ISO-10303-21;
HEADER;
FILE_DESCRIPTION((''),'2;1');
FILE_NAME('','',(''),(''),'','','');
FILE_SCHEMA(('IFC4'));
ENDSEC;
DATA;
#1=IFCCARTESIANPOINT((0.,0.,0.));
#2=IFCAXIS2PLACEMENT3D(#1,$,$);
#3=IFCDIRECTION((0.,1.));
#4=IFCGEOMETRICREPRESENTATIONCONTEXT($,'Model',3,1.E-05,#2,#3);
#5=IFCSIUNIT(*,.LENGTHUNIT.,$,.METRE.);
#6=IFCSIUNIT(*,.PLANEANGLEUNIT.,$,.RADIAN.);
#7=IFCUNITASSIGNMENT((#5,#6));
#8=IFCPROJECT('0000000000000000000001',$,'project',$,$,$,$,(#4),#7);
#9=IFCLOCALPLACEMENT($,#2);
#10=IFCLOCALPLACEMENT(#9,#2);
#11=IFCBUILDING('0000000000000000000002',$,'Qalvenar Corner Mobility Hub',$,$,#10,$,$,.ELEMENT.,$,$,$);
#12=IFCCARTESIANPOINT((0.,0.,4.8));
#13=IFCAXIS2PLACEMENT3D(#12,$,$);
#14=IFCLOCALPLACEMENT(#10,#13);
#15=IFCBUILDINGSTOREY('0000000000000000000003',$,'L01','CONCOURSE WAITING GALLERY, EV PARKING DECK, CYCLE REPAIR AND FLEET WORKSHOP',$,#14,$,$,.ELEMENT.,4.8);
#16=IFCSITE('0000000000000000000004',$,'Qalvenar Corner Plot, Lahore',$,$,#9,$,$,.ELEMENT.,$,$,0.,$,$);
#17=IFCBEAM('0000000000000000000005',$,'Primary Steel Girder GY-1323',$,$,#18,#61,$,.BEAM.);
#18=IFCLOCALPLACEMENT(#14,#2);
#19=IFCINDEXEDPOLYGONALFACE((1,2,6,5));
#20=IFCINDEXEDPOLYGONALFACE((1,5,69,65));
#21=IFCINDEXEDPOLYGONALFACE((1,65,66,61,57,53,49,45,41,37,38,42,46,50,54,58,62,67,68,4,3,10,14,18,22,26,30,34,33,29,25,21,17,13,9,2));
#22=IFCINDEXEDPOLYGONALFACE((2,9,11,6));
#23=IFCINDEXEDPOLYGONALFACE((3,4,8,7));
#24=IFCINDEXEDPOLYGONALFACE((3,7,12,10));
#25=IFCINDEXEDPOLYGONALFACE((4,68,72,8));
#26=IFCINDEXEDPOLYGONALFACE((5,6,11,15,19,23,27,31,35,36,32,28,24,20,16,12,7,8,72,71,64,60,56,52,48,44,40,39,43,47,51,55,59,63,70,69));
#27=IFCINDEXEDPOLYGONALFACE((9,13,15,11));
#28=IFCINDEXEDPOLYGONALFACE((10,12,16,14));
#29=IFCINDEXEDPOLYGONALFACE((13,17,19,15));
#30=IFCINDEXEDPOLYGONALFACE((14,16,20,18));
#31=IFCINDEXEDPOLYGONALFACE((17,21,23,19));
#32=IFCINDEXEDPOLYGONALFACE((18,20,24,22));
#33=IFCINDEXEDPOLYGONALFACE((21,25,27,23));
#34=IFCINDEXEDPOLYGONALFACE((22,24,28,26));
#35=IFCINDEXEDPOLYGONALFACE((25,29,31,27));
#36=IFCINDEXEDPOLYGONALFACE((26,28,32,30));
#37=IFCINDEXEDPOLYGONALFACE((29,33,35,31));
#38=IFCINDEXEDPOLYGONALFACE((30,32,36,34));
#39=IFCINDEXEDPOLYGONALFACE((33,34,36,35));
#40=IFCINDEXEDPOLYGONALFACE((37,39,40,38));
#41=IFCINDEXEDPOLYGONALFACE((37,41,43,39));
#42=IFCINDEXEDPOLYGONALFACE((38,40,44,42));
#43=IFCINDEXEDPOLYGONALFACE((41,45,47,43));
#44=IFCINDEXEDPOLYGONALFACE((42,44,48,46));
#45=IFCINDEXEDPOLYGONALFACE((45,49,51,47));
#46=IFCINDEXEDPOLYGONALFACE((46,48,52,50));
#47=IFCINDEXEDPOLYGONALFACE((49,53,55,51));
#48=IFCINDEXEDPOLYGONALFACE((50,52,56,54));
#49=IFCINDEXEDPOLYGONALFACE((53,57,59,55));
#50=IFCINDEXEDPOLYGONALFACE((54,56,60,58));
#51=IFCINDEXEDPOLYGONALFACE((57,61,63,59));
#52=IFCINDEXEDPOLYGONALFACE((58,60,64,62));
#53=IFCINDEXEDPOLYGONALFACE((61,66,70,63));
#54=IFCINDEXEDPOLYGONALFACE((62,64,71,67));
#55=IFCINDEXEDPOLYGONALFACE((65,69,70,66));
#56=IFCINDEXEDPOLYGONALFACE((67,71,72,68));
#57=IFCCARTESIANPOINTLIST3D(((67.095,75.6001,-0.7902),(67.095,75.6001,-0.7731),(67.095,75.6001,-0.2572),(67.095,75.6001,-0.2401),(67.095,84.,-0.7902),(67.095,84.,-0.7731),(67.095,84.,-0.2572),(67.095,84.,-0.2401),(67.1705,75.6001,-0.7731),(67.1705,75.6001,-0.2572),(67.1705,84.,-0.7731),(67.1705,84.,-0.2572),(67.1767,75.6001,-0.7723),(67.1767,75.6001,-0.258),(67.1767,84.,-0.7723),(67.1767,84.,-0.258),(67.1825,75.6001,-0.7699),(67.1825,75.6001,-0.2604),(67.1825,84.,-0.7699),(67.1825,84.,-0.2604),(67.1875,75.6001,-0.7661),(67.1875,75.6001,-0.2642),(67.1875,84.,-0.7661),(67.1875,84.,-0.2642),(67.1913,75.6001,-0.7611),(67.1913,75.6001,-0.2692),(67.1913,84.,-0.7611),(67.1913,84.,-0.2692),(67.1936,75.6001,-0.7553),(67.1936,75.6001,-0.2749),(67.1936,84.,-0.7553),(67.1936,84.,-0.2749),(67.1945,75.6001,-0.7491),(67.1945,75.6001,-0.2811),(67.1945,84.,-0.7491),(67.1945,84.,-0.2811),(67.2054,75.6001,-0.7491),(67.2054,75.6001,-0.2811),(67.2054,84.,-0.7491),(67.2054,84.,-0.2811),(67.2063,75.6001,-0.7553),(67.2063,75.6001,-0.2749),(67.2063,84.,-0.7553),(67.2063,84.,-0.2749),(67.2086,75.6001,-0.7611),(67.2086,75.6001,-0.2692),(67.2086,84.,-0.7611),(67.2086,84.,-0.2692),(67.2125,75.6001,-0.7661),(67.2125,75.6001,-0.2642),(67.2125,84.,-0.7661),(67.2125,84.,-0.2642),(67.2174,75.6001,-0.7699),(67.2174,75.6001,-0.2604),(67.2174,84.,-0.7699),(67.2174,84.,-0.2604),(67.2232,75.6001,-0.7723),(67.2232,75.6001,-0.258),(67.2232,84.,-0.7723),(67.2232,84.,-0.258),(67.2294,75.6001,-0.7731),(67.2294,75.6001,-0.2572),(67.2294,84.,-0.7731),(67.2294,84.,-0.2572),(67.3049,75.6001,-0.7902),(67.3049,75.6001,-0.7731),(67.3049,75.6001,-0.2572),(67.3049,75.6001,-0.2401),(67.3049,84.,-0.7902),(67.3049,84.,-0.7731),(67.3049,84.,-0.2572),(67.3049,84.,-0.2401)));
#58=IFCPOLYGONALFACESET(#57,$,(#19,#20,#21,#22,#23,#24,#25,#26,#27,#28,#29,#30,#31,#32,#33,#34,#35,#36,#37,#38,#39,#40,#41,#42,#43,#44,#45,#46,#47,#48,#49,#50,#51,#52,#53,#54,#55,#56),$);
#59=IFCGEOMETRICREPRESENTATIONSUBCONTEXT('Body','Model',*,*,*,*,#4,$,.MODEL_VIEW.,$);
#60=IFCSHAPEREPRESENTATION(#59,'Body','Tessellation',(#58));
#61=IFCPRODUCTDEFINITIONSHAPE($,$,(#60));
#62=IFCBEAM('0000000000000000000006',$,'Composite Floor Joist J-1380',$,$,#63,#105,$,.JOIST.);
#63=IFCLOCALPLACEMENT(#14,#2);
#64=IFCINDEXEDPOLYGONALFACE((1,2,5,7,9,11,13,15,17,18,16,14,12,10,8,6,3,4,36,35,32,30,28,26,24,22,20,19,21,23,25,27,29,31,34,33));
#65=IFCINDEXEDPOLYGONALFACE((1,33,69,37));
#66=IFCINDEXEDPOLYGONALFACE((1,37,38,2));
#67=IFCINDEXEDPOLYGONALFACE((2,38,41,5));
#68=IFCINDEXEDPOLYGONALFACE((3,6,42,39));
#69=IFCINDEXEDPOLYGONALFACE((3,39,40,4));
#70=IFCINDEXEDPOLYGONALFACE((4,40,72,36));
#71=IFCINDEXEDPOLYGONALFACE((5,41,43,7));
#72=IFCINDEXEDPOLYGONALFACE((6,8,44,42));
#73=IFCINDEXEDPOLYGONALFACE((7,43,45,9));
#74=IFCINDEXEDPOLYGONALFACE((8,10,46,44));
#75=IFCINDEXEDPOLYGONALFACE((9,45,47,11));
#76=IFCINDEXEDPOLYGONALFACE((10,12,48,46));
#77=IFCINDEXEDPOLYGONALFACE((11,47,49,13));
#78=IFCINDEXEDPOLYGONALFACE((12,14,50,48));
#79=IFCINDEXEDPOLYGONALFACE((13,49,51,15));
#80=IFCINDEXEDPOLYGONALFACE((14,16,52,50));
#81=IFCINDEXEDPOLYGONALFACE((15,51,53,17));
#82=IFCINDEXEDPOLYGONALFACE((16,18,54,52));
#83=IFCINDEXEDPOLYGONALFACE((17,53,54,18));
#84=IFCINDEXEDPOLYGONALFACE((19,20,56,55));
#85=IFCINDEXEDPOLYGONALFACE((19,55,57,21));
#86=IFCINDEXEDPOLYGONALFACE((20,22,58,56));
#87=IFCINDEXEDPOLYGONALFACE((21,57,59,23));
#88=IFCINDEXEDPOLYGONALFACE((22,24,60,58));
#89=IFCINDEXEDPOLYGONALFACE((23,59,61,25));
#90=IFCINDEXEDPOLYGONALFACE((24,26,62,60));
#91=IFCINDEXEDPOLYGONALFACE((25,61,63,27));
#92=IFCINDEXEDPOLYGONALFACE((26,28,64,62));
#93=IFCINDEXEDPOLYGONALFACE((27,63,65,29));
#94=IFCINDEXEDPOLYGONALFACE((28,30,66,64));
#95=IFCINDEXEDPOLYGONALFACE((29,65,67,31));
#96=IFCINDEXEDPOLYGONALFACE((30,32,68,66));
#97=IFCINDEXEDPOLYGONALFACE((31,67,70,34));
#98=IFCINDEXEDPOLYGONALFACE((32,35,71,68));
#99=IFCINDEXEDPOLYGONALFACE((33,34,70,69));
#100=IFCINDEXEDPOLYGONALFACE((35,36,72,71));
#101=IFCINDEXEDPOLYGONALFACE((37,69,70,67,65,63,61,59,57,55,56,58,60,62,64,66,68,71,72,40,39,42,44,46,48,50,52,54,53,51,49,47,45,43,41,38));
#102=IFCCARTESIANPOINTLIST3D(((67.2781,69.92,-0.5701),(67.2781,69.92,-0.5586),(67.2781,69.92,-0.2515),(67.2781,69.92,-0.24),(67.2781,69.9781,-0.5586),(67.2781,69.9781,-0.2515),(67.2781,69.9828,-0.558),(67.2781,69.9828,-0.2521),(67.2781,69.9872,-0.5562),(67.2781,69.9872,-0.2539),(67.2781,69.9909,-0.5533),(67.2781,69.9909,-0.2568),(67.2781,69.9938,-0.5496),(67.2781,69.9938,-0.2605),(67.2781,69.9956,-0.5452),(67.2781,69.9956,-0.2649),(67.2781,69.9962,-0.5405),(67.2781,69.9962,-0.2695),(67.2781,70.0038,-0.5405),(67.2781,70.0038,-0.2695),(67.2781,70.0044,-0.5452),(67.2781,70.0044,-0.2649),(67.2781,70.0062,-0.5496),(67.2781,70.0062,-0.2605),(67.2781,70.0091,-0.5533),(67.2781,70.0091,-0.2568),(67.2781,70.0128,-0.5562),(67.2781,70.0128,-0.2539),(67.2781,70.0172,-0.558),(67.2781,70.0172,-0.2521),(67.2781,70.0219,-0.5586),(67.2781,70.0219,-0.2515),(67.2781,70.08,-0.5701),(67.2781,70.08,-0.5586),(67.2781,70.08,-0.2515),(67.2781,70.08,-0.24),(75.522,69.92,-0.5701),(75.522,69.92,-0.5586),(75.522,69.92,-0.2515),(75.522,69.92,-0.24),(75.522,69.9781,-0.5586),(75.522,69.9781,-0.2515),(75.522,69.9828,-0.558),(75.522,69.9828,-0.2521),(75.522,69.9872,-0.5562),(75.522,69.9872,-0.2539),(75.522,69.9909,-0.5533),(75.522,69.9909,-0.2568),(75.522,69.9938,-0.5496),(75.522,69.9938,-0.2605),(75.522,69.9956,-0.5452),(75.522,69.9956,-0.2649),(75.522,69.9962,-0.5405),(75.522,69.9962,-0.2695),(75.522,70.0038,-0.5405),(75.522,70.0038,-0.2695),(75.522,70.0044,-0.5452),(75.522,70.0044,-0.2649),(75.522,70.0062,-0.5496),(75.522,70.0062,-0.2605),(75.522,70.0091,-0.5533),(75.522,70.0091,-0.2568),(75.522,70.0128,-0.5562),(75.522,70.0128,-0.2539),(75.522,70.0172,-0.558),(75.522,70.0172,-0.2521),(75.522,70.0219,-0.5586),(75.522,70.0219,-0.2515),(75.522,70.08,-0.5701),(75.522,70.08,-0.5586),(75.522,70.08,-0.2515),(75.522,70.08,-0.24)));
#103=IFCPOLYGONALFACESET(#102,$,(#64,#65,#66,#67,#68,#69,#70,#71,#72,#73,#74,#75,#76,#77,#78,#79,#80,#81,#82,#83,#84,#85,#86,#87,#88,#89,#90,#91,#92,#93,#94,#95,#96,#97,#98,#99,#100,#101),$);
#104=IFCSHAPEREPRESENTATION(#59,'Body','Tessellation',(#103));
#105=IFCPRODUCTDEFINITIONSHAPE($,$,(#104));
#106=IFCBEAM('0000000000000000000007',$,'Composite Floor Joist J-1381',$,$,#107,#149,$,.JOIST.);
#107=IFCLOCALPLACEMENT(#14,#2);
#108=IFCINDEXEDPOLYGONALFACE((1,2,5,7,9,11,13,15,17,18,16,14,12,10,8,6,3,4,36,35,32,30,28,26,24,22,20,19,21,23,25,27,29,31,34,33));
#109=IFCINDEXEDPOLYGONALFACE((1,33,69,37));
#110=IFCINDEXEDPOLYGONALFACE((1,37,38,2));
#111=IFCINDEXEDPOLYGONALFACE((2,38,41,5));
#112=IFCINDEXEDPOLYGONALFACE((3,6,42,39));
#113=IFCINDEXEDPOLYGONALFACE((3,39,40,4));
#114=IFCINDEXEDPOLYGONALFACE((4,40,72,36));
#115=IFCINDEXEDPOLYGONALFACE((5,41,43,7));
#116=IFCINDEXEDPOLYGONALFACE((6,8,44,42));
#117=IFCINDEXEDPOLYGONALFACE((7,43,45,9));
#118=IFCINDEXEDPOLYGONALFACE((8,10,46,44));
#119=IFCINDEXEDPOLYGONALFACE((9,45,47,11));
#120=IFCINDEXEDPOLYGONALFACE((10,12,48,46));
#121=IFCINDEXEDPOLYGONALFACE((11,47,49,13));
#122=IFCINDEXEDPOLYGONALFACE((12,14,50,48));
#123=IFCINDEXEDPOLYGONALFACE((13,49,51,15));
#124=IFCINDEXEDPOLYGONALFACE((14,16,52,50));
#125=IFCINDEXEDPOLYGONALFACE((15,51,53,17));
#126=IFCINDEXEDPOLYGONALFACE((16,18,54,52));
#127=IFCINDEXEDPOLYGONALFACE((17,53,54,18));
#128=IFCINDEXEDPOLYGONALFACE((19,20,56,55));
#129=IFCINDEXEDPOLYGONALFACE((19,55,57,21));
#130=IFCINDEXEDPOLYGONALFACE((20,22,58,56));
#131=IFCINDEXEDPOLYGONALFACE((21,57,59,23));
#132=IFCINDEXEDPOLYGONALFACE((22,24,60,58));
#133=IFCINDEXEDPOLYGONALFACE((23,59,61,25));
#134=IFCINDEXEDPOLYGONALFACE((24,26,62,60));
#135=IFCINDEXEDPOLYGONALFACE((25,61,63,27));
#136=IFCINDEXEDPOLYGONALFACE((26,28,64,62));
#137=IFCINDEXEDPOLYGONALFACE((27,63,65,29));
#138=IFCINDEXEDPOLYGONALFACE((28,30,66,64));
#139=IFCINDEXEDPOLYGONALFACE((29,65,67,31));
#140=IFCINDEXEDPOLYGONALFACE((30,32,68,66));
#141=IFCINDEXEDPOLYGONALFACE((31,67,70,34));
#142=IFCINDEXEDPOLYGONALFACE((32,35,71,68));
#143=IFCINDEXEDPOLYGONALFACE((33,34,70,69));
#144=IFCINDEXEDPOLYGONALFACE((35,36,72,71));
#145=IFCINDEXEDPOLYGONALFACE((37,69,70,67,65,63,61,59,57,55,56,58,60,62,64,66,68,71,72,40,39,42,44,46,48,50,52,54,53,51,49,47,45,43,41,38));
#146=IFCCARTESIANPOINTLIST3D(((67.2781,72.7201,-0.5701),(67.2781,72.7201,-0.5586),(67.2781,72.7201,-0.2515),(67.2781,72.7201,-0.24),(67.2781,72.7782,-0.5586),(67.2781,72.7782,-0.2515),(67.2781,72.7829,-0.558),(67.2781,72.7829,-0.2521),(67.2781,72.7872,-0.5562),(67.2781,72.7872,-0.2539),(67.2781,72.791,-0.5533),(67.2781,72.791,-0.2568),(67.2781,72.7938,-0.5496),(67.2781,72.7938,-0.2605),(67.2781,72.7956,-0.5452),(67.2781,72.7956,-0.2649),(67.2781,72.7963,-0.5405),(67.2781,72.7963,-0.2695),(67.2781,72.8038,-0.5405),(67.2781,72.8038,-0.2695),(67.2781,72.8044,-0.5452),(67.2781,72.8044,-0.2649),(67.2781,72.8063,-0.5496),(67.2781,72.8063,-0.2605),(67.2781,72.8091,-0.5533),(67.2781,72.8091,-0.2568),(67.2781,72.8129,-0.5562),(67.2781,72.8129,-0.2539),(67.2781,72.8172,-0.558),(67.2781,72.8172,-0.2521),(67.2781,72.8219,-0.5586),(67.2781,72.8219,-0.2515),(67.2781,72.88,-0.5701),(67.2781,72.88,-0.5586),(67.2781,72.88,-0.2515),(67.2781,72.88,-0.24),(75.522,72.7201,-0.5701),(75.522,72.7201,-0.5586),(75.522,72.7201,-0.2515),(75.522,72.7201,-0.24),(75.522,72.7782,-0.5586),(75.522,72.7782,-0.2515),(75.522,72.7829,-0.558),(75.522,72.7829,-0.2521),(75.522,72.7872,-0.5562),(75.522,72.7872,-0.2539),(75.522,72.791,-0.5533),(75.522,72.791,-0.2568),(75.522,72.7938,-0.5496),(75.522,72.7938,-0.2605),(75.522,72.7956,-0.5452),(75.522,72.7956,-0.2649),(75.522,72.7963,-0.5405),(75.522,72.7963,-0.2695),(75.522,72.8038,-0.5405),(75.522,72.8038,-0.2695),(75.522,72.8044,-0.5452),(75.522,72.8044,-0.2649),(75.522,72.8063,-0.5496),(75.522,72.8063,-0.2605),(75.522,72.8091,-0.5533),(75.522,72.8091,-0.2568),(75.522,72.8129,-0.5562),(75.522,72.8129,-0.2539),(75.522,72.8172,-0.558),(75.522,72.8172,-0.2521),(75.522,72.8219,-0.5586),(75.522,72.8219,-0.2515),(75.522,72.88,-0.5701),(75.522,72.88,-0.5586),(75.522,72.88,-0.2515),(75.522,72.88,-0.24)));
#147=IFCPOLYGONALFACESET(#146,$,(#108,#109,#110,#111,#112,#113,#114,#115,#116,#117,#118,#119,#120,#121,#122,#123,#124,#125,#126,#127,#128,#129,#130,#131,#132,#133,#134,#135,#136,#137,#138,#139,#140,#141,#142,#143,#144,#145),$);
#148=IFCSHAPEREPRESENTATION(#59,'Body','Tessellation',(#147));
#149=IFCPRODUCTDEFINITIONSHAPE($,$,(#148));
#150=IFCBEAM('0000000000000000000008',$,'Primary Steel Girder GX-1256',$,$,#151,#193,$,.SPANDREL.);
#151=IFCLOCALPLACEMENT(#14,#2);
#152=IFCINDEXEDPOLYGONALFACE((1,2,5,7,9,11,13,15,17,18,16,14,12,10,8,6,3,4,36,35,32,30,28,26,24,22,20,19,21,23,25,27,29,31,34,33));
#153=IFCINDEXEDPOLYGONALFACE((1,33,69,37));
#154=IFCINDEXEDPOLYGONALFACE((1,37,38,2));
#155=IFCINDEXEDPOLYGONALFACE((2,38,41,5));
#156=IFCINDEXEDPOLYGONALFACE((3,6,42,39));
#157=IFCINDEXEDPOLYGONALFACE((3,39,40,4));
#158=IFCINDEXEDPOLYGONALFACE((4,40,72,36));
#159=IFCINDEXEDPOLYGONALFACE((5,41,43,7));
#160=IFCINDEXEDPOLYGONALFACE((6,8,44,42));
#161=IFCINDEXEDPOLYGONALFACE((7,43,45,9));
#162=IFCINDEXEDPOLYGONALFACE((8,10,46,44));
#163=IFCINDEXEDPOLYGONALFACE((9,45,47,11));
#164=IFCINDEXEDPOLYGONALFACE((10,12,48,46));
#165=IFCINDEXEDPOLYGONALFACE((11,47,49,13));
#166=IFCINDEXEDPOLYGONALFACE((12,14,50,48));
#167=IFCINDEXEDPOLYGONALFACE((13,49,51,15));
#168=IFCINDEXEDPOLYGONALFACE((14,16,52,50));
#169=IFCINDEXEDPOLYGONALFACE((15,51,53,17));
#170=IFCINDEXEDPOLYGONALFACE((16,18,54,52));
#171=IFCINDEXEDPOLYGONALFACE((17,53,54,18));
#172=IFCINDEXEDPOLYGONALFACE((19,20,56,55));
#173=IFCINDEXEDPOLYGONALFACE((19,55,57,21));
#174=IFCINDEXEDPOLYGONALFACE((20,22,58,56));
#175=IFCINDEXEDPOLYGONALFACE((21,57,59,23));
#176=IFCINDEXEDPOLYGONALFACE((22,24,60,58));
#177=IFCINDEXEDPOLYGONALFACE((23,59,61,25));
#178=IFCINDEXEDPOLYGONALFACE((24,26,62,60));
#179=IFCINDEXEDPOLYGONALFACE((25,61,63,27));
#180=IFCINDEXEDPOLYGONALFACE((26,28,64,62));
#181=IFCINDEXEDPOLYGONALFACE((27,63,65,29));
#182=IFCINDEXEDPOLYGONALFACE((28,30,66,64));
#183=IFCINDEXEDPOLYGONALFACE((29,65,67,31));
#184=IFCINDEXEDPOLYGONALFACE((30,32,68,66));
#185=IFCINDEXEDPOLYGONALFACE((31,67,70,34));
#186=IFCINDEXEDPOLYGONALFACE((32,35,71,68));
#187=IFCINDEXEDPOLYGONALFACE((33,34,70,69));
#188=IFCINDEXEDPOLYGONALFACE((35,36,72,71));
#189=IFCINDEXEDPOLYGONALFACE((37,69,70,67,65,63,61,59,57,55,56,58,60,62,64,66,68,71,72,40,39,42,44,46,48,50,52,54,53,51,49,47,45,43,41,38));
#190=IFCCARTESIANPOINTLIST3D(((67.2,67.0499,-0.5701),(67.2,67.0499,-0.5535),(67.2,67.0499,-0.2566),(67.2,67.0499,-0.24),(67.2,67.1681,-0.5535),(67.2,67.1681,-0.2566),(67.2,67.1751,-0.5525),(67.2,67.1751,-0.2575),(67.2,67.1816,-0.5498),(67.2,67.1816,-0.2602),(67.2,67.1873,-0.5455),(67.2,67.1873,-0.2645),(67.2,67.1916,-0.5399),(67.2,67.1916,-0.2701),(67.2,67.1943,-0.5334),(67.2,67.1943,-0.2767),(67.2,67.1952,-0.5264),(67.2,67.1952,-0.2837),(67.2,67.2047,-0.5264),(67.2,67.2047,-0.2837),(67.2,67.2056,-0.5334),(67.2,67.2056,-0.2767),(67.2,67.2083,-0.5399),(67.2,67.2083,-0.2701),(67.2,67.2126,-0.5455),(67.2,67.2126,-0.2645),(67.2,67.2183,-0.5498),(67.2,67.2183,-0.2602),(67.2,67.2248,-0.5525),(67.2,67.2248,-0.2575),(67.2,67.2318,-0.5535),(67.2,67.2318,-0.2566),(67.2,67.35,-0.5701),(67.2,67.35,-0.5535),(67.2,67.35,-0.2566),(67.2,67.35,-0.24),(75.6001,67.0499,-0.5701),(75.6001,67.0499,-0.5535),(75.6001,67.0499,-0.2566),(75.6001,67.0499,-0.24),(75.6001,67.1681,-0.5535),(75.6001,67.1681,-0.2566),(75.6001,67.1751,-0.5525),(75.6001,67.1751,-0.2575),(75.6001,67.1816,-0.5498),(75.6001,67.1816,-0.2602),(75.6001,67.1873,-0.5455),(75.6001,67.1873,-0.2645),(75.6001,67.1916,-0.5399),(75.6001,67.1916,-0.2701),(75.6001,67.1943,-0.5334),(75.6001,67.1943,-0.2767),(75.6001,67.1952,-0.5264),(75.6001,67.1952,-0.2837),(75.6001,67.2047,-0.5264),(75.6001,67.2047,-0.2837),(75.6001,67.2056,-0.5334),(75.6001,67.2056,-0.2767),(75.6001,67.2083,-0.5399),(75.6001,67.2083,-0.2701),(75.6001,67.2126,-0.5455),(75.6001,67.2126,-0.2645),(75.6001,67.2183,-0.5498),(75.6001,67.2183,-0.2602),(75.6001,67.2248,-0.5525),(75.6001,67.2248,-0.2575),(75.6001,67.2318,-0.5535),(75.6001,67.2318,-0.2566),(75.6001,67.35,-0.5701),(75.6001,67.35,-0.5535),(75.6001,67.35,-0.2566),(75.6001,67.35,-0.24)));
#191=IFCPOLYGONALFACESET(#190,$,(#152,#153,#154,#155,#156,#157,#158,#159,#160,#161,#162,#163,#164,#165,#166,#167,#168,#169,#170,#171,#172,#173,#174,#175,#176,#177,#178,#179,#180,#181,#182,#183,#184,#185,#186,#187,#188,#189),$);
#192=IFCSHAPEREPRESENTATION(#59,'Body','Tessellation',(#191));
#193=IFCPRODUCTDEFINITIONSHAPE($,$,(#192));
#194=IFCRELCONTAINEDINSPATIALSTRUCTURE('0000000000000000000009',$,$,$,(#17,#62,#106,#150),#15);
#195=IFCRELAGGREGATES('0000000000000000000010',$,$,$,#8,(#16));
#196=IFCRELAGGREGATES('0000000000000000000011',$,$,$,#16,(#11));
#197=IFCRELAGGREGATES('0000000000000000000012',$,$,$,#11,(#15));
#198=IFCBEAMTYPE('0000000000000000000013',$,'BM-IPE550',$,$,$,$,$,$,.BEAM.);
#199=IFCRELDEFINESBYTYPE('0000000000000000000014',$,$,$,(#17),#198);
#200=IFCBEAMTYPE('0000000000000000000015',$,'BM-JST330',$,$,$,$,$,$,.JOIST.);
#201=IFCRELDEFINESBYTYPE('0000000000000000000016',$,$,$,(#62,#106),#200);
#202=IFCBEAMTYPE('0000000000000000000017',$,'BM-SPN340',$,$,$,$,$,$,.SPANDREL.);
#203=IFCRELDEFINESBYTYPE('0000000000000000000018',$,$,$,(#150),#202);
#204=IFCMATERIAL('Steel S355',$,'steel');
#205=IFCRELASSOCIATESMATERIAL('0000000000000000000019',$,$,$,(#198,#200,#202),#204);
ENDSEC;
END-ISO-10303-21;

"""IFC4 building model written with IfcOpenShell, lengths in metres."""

from ifc_helpers import new_model, si_unit, direction, frame, origin, origin_2d, place, context, subcontext, project, spatial, i_section, extrude, material, material_profile, profile_set, type_object, element, save


model = new_model("IFC4")

# Units and contexts
model_context = context("Model", 3, precision=1e-05, world=origin(), true_north=direction((0.0, 1.0)))
body_context = subcontext(model_context, "Body", "Model", "MODEL_VIEW")
ifc_project = project(units=[si_unit("LENGTHUNIT", "METRE"), si_unit("PLANEANGLEUNIT", "RADIAN")], contexts=[model_context])

# Site, building, storey
site_placement = place(None, origin())
site = spatial("IfcSite", under=ifc_project, at=site_placement, Name="Qalvenar Corner Plot, Lahore", CompositionType="ELEMENT", RefElevation=0.0)
building_placement = place(site_placement, origin())
building = spatial("IfcBuilding", under=site, at=building_placement, Name="Qalvenar Corner Mobility Hub", CompositionType="ELEMENT")
storey_placement = place(building_placement, frame((0.0, 0.0, 4.8)))
storey = spatial("IfcBuildingStorey", under=building, at=storey_placement, Name="L01", Description="CONCOURSE WAITING GALLERY, EV PARKING DECK, CYCLE REPAIR AND FLEET WORKSHOP", CompositionType="ELEMENT", Elevation=4.8)

# Shared definitions
ifc_material_1 = material(Name="Steel S355", Category="steel")

# Beams
ifc_material_profile_1 = material_profile(ifc_material_1, i_section(OverallWidth=0.21, OverallDepth=0.55, WebThickness=0.011, FlangeThickness=0.0171, FilletRadius=0.0239, at=origin_2d()), Name="IPE550")
ifc_profile_set_1 = profile_set([ifc_material_profile_1], Name="Steel S355")
beam_type_1 = type_object("IfcBeamType", Name="BM-IPE550", PredefinedType="BEAM", material=ifc_profile_set_1)
beam_1_placement = place(storey_placement, frame((67.2, 75.6001, -0.5151), z_axis=(0.0, 1.0, 0.0), x_axis=(-1.0, 0.0, 0.0)))
element("IfcBeam", 1, at=beam_1_placement, inside=storey, type_object=beam_type_1, Name="Primary Steel Girder GY-1323", PredefinedType="BEAM", context=body_context, shape_type="SweptSolid", body=[
    extrude(i_section(OverallWidth=0.21, OverallDepth=0.55, WebThickness=0.011, FlangeThickness=0.0171, FilletRadius=0.0239, at=origin_2d()), origin(), (0.0, 0.0, 1.0), 8.3999),
])
ifc_material_profile_2 = material_profile(ifc_material_1, i_section(OverallWidth=0.1599, OverallDepth=0.3301, WebThickness=0.0076, FlangeThickness=0.0115, FilletRadius=0.0181, at=origin_2d()), Name="IPE330")
ifc_profile_set_2 = profile_set([ifc_material_profile_2], Name="Steel S355")
beam_type_2 = type_object("IfcBeamType", Name="BM-JST330", PredefinedType="JOIST", material=ifc_profile_set_2)
for number, where, z_axis, x_axis, name in (
    (2, (67.2781, 70.0, -0.405), (1.0, 0.0, 0.0), (0.0, 1.0, 0.0), "Composite Floor Joist J-1380"),
    (3, (67.2781, 72.8, -0.405), (1.0, 0.0, 0.0), (0.0, 1.0, 0.0), "Composite Floor Joist J-1381"),
):
    element("IfcBeam", number, at=place(storey_placement, frame(where, z_axis=z_axis, x_axis=x_axis)), inside=storey, type_object=beam_type_2, Name=name, PredefinedType="JOIST", context=body_context, shape_type="SweptSolid", body=[
        extrude(i_section(OverallWidth=0.1599, OverallDepth=0.3301, WebThickness=0.0076, FlangeThickness=0.0115, FilletRadius=0.0181, at=origin_2d()), origin(), (0.0, 0.0, 1.0), 8.2439),
    ])
ifc_material_profile_3 = material_profile(ifc_material_1, i_section(OverallWidth=0.3, OverallDepth=0.3301, WebThickness=0.0095, FlangeThickness=0.0166, FilletRadius=0.0271, at=origin_2d()), Name="HEA340")
ifc_profile_set_3 = profile_set([ifc_material_profile_3], Name="Steel S355")
beam_type_3 = type_object("IfcBeamType", Name="BM-SPN340", PredefinedType="SPANDREL", material=ifc_profile_set_3)
beam_2_placement = place(storey_placement, frame((67.2, 67.2, -0.405), z_axis=(1.0, 0.0, 0.0), x_axis=(0.0, 1.0, 0.0)))
element("IfcBeam", 4, at=beam_2_placement, inside=storey, type_object=beam_type_3, Name="Primary Steel Girder GX-1256", PredefinedType="SPANDREL", context=body_context, shape_type="SweptSolid", body=[
    extrude(i_section(OverallWidth=0.3, OverallDepth=0.3301, WebThickness=0.0095, FlangeThickness=0.0166, FilletRadius=0.0271, at=origin_2d()), origin(), (0.0, 0.0, 1.0), 8.4001),
])

save(model, "model.ifc")
